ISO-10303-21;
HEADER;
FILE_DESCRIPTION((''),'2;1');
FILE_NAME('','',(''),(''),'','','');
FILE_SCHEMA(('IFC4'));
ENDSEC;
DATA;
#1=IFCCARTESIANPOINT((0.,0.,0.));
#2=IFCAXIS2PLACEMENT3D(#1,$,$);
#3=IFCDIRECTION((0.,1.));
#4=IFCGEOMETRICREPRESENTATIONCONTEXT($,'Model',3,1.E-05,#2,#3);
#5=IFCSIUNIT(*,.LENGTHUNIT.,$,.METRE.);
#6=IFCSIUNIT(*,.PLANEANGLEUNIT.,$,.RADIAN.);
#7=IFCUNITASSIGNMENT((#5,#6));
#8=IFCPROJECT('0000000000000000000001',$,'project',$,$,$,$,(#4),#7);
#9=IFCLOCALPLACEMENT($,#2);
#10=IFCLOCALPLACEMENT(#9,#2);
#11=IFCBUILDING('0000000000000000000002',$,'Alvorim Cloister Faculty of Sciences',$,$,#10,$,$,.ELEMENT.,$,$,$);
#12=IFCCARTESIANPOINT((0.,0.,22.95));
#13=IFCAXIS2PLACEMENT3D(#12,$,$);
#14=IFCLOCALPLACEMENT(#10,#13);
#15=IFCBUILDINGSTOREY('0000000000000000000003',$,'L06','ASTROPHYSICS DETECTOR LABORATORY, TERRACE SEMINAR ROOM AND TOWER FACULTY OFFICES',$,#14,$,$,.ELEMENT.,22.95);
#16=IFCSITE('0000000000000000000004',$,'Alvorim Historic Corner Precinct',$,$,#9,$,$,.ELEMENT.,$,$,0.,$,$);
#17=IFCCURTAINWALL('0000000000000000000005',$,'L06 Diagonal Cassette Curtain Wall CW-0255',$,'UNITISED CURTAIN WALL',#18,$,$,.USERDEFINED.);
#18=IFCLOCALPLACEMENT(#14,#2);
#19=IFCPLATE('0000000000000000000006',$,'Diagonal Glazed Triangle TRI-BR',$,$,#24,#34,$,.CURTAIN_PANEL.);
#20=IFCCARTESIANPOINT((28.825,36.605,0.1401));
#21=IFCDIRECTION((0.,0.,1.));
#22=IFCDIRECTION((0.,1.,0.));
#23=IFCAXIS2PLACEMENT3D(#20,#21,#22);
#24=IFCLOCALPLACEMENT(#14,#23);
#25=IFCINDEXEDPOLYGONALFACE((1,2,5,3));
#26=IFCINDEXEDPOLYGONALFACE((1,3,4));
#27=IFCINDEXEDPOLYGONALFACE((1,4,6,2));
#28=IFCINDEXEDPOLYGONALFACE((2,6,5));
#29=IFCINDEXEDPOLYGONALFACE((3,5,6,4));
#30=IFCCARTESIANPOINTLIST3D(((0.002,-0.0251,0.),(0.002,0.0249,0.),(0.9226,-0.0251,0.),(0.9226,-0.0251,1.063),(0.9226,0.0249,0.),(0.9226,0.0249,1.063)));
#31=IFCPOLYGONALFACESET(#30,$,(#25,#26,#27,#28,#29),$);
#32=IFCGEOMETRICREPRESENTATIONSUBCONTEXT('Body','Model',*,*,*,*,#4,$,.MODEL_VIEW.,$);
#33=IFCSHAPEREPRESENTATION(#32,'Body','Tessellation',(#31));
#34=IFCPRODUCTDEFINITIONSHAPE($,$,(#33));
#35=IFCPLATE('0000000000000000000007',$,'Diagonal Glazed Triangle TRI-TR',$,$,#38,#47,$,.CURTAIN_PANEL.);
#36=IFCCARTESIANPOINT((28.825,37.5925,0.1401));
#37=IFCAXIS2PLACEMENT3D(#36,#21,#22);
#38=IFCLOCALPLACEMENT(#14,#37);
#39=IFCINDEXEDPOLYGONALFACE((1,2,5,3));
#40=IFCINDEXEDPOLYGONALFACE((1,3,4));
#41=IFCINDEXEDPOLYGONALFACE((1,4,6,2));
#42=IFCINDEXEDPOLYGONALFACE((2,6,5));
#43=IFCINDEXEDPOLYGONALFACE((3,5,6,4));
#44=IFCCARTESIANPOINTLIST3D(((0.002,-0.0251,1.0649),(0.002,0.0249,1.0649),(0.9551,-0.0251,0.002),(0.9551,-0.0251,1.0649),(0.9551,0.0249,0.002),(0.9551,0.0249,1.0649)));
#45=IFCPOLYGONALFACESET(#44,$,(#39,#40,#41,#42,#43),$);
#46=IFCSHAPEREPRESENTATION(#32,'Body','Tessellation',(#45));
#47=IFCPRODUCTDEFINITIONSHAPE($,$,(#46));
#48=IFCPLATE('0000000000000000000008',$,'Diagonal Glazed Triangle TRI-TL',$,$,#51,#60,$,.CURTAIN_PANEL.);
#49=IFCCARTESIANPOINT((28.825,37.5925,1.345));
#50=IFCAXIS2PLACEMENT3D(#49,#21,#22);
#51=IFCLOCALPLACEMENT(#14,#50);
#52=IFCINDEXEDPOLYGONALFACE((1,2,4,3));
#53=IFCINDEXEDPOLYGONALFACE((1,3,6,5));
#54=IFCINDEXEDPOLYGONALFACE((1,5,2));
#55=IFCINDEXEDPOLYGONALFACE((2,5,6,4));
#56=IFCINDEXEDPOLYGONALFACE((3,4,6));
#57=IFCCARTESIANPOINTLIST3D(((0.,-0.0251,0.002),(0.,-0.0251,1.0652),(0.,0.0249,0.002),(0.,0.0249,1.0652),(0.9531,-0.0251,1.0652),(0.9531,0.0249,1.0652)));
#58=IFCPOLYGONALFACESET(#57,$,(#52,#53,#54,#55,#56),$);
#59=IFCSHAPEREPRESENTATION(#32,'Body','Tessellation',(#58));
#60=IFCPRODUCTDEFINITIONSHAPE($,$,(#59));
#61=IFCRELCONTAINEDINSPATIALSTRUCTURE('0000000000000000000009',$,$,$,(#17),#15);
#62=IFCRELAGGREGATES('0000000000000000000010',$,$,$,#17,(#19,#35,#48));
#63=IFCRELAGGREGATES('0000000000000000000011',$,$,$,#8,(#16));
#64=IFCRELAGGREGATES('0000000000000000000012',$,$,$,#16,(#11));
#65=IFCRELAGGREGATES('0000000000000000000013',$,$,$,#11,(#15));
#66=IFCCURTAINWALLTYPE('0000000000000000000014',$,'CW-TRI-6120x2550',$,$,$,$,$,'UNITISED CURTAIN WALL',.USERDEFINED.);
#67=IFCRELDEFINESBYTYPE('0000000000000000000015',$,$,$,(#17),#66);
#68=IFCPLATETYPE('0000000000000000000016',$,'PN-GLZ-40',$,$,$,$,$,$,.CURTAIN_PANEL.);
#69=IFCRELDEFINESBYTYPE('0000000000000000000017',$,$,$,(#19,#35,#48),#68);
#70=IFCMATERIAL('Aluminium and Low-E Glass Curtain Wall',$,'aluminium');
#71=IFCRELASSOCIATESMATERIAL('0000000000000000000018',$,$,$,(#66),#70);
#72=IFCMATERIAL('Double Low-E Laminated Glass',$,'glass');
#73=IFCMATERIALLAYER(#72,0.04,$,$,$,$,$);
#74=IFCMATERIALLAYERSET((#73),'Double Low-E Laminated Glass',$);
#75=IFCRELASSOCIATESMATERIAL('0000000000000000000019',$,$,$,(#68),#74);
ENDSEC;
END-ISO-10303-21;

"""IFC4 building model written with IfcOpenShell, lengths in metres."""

from ifc_helpers import new_model, si_unit, direction, frame, origin, place, context, subcontext, project, spatial, polyline, outline, extrude, material, layer, layer_set, type_object, element, aggregate, save


model = new_model("IFC4")

# Units and contexts
model_context = context("Model", 3, precision=1e-05, world=origin(), true_north=direction((0.0, 1.0)))
body_context = subcontext(model_context, "Body", "Model", "MODEL_VIEW")
ifc_project = project(units=[si_unit("LENGTHUNIT", "METRE"), si_unit("PLANEANGLEUNIT", "RADIAN")], contexts=[model_context])

# Site, building, storey
site_placement = place(None, origin())
site = spatial("IfcSite", under=ifc_project, at=site_placement, Name="Alvorim Historic Corner Precinct", CompositionType="ELEMENT", RefElevation=0.0)
building_placement = place(site_placement, origin())
building = spatial("IfcBuilding", under=site, at=building_placement, Name="Alvorim Cloister Faculty of Sciences", CompositionType="ELEMENT")
storey_placement = place(building_placement, frame((0.0, 0.0, 22.95)))
storey = spatial("IfcBuildingStorey", under=building, at=storey_placement, Name="L06", Description="ASTROPHYSICS DETECTOR LABORATORY, TERRACE SEMINAR ROOM AND TOWER FACULTY OFFICES", CompositionType="ELEMENT", Elevation=22.95)

# Curtain wall, plates
ifc_material_1 = material(Name="Aluminium and Low-E Glass Curtain Wall", Category="aluminium")
curtain_wall_type = type_object("IfcCurtainWallType", Name="CW-TRI-6120x2550", ElementType="UNITISED CURTAIN WALL", PredefinedType="USERDEFINED", material=ifc_material_1)
curtain_wall_placement = place(storey_placement, origin())
curtain_wall = element("IfcCurtainWall", 1, at=curtain_wall_placement, inside=storey, type_object=curtain_wall_type, Name="L06 Diagonal Cassette Curtain Wall CW-0255", ObjectType="UNITISED CURTAIN WALL", PredefinedType="USERDEFINED")
ifc_material_2 = material(Name="Double Low-E Laminated Glass", Category="glass")
ifc_layer = layer(ifc_material_2, 0.04)
ifc_layer_set = layer_set([ifc_layer], Name="Double Low-E Laminated Glass")
plate_type = type_object("IfcPlateType", Name="PN-GLZ-40", PredefinedType="CURTAIN_PANEL", material=ifc_layer_set)
plate_1_placement = place(storey_placement, frame((28.825, 36.605, 0.1401), z_axis=(0.0, 0.0, 1.0), x_axis=(0.0, 1.0, 0.0)))
plate_1 = element("IfcPlate", 2, at=plate_1_placement, type_object=plate_type, Name="Diagonal Glazed Triangle TRI-BR", PredefinedType="CURTAIN_PANEL", context=body_context, shape_type="SweptSolid", body=[
    extrude(outline(polyline([(0.002, 0.0), (0.9226, 0.0), (0.9226, 1.063), (0.002, 0.0)])), frame((0.0, 0.0249, 0.0), z_axis=(0.0, -1.0, 0.0), x_axis=(1.0, 0.0, 0.0)), (0.0, 0.0, 1.0), 0.05),
])
plate_2_placement = place(storey_placement, frame((28.825, 37.5925, 0.1401), z_axis=(0.0, 0.0, 1.0), x_axis=(0.0, 1.0, 0.0)))
plate_2 = element("IfcPlate", 3, at=plate_2_placement, type_object=plate_type, Name="Diagonal Glazed Triangle TRI-TR", PredefinedType="CURTAIN_PANEL", context=body_context, shape_type="SweptSolid", body=[
    extrude(outline(polyline([(0.9551, 0.002), (0.9551, 1.0649), (0.002, 1.0649), (0.9551, 0.002)])), frame((0.0, 0.0249, 0.0), z_axis=(0.0, -1.0, 0.0), x_axis=(1.0, 0.0, 0.0)), (0.0, 0.0, 1.0), 0.05),
])
plate_3_placement = place(storey_placement, frame((28.825, 37.5925, 1.345), z_axis=(0.0, 0.0, 1.0), x_axis=(0.0, 1.0, 0.0)))
plate_3 = element("IfcPlate", 4, at=plate_3_placement, type_object=plate_type, Name="Diagonal Glazed Triangle TRI-TL", PredefinedType="CURTAIN_PANEL", context=body_context, shape_type="SweptSolid", body=[
    extrude(outline(polyline([(0.9531, 1.0652), (0.0, 1.0652), (0.0, 0.002), (0.9531, 1.0652)])), frame((0.0, 0.0249, 0.0), z_axis=(0.0, -1.0, 0.0), x_axis=(1.0, 0.0, 0.0)), (0.0, 0.0, 1.0), 0.05),
])
aggregate(curtain_wall, [plate_1, plate_2, plate_3])

save(model, "model.ifc")
